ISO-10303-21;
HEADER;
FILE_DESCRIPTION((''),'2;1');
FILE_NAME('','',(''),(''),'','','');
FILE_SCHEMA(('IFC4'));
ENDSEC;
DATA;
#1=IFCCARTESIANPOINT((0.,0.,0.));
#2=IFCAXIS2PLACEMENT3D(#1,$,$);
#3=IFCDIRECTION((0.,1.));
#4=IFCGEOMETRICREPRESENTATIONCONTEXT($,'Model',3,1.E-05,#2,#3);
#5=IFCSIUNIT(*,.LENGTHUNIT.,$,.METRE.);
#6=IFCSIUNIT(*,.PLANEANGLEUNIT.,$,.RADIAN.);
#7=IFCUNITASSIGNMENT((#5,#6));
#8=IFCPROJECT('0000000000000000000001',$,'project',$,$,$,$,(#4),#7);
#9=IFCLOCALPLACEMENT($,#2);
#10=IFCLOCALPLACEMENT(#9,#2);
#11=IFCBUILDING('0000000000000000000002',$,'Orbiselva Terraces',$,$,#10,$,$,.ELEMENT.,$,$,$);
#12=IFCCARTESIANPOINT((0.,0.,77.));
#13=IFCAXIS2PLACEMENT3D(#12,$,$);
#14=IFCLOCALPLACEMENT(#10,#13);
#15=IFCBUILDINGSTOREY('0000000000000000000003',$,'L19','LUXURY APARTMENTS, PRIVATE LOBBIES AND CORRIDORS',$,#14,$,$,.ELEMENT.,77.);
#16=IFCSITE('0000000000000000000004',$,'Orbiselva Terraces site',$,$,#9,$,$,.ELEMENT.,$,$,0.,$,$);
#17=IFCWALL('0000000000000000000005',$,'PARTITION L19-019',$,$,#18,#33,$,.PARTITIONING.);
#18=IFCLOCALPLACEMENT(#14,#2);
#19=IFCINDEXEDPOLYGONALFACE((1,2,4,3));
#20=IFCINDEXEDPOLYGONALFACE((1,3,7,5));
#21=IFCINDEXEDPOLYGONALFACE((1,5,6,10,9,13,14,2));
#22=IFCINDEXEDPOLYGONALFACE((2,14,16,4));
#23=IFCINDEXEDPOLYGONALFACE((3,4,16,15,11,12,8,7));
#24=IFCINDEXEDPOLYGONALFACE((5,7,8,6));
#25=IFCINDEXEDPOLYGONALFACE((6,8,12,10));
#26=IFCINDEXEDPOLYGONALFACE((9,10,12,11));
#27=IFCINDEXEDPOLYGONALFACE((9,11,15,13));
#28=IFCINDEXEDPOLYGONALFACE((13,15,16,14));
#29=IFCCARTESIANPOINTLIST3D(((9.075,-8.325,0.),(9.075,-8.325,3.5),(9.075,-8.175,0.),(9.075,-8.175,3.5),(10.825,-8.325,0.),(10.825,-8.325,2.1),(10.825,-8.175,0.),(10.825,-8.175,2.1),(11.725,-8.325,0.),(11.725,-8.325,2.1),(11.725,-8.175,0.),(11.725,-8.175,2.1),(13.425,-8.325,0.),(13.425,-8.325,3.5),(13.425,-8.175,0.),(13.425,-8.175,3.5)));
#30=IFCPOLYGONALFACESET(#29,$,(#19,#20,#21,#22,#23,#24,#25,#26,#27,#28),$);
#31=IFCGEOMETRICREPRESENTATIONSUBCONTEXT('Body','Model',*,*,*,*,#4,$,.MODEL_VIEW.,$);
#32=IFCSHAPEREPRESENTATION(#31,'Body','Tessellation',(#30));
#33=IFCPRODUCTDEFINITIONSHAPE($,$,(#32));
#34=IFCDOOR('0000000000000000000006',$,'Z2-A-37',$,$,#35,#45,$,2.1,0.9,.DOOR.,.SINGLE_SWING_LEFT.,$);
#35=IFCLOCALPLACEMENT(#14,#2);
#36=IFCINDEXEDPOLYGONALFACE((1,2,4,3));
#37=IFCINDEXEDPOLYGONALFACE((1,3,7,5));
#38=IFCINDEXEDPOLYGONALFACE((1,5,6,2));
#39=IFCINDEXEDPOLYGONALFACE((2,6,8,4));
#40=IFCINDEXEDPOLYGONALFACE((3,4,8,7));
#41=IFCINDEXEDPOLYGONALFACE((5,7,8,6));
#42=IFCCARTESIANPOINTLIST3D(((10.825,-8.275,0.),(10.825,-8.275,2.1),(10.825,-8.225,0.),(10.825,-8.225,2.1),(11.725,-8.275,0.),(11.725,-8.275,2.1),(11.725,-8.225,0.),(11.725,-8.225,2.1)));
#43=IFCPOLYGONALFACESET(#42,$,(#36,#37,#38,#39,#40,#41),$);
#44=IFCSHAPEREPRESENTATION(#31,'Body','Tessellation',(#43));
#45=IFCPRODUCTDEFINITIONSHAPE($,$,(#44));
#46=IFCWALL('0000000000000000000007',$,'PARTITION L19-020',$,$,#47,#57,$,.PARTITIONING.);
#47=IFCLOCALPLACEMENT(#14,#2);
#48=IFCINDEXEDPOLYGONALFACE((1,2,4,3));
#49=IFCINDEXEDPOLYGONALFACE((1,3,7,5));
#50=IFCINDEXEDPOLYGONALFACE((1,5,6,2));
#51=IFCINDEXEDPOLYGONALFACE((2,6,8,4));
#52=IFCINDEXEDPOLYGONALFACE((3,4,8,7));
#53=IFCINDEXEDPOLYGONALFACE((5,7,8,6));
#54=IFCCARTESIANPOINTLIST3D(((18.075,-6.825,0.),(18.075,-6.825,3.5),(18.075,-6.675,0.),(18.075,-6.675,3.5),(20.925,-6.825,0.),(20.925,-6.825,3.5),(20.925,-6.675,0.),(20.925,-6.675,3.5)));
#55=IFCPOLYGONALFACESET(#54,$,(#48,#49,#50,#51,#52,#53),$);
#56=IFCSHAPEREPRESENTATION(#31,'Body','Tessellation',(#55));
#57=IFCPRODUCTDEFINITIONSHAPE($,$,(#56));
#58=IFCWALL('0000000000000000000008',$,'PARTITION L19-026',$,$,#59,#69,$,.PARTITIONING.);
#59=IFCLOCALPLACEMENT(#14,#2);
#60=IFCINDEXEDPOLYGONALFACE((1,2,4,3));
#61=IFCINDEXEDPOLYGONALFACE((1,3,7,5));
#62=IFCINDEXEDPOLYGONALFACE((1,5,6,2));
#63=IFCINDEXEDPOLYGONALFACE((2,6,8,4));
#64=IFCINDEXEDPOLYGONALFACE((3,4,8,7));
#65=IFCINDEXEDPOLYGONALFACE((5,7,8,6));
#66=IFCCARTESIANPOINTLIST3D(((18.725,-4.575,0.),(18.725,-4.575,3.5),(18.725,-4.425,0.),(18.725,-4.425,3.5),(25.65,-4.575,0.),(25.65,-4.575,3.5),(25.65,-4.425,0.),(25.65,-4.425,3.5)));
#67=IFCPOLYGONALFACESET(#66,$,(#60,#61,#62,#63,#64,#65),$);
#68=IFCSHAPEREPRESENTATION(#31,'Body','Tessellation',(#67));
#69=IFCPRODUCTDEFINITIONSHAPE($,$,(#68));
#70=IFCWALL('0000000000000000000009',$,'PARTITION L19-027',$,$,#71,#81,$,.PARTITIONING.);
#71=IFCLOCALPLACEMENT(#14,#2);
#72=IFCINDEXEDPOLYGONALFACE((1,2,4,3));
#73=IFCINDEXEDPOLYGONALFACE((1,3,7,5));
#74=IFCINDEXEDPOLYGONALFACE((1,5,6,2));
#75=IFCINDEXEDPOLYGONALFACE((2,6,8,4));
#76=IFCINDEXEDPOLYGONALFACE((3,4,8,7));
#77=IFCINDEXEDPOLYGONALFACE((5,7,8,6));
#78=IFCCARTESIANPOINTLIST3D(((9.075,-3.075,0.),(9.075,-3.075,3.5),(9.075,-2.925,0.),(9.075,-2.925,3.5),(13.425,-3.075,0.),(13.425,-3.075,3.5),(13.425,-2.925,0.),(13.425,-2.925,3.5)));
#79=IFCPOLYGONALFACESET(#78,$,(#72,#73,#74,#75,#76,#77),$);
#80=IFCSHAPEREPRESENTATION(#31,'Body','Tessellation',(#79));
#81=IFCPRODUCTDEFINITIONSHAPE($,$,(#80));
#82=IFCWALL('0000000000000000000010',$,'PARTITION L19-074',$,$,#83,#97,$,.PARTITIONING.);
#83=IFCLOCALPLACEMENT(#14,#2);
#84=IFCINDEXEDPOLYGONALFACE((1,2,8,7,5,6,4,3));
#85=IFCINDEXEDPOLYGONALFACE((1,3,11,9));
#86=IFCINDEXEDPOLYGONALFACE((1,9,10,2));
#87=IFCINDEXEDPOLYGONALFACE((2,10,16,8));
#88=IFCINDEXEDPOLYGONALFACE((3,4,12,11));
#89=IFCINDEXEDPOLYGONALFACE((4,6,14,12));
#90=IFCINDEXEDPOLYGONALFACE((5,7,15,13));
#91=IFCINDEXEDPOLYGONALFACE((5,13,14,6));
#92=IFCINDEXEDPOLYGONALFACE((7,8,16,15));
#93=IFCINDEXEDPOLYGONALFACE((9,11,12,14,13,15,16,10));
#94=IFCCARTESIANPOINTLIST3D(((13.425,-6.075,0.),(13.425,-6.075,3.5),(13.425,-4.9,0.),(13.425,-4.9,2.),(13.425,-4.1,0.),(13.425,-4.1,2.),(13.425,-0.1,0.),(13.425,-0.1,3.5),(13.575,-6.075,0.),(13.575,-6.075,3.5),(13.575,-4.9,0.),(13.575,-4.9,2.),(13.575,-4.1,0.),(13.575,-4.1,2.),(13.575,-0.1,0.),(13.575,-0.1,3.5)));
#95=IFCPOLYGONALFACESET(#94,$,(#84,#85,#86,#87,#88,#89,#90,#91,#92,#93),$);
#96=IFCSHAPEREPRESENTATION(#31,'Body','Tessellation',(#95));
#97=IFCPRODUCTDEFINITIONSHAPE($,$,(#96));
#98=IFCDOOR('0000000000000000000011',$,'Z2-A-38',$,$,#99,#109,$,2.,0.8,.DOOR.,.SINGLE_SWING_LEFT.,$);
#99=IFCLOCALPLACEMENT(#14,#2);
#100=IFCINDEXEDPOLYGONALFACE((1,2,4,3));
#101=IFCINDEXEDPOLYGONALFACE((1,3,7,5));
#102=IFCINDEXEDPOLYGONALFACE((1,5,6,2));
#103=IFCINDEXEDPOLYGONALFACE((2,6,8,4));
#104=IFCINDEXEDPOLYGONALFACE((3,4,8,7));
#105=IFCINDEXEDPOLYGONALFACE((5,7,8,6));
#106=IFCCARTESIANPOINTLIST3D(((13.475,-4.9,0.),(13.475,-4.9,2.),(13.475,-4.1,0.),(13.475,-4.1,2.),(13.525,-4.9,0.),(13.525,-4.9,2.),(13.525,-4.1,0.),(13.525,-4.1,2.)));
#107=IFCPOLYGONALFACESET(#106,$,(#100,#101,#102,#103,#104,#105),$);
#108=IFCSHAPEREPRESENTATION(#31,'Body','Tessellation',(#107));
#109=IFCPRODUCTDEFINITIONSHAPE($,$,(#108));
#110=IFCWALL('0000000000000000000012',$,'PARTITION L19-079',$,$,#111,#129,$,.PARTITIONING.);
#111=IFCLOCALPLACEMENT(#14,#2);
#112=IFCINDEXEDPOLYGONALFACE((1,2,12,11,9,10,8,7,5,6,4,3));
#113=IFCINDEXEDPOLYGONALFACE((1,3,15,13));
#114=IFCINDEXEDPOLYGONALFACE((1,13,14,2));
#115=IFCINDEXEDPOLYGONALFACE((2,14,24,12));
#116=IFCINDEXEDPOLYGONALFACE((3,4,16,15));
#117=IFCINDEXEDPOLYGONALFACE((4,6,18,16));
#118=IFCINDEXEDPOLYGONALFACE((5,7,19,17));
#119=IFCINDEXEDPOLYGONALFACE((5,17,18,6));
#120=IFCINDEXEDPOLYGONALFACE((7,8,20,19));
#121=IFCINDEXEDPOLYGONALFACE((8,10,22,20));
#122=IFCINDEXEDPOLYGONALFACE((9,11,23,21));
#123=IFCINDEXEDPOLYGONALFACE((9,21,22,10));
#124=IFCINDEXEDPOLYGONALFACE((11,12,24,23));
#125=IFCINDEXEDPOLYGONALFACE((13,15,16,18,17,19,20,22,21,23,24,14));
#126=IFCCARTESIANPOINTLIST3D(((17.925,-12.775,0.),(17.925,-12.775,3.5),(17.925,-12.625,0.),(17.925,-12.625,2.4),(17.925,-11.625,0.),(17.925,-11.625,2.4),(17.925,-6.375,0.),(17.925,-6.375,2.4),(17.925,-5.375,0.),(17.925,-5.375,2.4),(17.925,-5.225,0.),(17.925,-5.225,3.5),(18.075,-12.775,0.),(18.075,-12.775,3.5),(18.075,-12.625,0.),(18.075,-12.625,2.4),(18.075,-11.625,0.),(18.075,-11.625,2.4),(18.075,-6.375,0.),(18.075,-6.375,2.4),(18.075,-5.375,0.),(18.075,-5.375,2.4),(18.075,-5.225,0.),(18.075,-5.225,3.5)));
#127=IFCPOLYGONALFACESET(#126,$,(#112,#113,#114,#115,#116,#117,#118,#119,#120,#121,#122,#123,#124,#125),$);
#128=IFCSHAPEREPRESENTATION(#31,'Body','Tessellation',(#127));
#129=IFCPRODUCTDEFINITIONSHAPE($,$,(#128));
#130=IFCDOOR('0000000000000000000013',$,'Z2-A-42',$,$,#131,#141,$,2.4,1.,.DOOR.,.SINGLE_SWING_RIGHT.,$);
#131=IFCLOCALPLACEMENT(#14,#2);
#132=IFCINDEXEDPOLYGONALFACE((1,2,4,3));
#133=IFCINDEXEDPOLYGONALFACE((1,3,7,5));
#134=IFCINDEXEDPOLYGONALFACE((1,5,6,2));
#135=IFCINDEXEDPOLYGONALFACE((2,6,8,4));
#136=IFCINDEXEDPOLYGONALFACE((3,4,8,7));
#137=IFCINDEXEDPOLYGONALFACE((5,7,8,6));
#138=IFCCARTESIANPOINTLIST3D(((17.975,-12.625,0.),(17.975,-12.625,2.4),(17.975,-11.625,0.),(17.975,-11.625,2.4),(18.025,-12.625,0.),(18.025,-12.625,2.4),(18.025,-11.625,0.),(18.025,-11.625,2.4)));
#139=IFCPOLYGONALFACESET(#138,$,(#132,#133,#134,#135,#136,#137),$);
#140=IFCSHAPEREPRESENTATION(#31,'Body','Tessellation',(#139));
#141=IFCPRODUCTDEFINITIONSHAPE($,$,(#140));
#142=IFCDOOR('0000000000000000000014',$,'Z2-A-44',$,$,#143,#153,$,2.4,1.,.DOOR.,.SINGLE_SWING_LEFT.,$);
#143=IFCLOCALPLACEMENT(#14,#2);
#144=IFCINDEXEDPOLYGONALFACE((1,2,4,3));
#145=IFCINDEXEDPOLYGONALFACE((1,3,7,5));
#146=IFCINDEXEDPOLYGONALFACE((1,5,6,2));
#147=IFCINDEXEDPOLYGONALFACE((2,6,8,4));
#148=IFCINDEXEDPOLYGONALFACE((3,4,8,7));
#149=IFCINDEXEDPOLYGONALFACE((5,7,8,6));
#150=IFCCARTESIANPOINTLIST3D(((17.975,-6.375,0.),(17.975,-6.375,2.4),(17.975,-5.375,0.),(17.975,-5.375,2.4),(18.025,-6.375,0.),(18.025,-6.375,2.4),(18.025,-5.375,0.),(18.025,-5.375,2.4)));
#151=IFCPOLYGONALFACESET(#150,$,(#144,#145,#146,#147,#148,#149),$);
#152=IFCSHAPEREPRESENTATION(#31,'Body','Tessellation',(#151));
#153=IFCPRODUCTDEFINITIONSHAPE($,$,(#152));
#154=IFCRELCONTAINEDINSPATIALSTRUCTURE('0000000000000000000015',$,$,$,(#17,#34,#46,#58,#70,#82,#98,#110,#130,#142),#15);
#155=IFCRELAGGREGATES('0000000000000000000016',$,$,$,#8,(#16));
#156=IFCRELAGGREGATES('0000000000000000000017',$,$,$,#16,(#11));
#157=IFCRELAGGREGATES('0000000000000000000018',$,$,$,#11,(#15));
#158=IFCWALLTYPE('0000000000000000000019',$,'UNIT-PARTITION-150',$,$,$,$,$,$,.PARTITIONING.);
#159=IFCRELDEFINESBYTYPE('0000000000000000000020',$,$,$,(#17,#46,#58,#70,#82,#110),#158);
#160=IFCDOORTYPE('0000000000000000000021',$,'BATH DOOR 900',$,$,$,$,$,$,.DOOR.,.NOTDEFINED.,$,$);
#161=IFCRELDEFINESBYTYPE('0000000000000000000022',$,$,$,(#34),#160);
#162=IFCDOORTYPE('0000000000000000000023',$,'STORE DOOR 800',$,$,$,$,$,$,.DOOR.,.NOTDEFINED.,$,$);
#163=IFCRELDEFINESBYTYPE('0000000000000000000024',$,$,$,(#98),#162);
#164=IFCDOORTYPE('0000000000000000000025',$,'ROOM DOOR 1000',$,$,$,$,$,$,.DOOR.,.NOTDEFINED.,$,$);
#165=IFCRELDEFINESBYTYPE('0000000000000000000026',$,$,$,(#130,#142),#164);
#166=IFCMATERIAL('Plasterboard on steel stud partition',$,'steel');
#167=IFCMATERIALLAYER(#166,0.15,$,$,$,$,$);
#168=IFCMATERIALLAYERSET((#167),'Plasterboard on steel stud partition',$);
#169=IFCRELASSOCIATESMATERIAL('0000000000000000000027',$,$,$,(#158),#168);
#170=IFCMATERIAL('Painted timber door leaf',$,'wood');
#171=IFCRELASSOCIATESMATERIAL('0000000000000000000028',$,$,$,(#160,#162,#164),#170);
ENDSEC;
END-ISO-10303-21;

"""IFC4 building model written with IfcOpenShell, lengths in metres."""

from ifc_helpers import new_model, si_unit, direction, frame, frame_2d, origin, place, context, subcontext, project, spatial, rectangle, extrude, material, layer, layer_set, type_object, element, fill, save


model = new_model("IFC4")

# Units and contexts
model_context = context("Model", 3, precision=1e-05, world=origin(), true_north=direction((0.0, 1.0)))
body_context = subcontext(model_context, "Body", "Model", "MODEL_VIEW")
ifc_project = project(units=[si_unit("LENGTHUNIT", "METRE"), si_unit("PLANEANGLEUNIT", "RADIAN")], contexts=[model_context])

# Site, building, storey
site_placement = place(None, origin())
site = spatial("IfcSite", under=ifc_project, at=site_placement, Name="Orbiselva Terraces site", CompositionType="ELEMENT", RefElevation=0.0)
building_placement = place(site_placement, origin())
building = spatial("IfcBuilding", under=site, at=building_placement, Name="Orbiselva Terraces", CompositionType="ELEMENT")
storey_placement = place(building_placement, frame((0.0, 0.0, 77.0)))
storey = spatial("IfcBuildingStorey", under=building, at=storey_placement, Name="L19", Description="LUXURY APARTMENTS, PRIVATE LOBBIES AND CORRIDORS", CompositionType="ELEMENT", Elevation=77.0)

# Shared definitions
ifc_material_1 = material(Name="Plasterboard on steel stud partition", Category="steel")
ifc_layer_1 = layer(ifc_material_1, 0.15)
ifc_layer_set_1 = layer_set([ifc_layer_1], Name="Plasterboard on steel stud partition")
wall_type_1 = type_object("IfcWallType", Name="UNIT-PARTITION-150", PredefinedType="PARTITIONING", material=ifc_layer_set_1)

# Wall, opening, door
wall_1_placement = place(storey_placement, frame((13.425, -8.25, 0.0), z_axis=(0.0, 0.0, 1.0), x_axis=(-1.0, 0.0, 0.0)))
wall_1 = element("IfcWall", 1, at=wall_1_placement, inside=storey, type_object=wall_type_1, Name="PARTITION L19-019", PredefinedType="PARTITIONING", context=body_context, shape_type="SweptSolid", body=[
    extrude(rectangle(XDim=4.35, YDim=0.15, at=frame_2d((2.175, 0.0))), origin(), (0.0, 0.0, 1.0), 3.5),
])
opening_1_placement = place(wall_1_placement, frame((1.7, 0.0, 0.0)))
opening_1 = element("IfcOpeningElement", 2, at=opening_1_placement, cuts=wall_1, PredefinedType="OPENING", context=body_context, shape_type="SweptSolid", body=[
    extrude(rectangle(XDim=0.9, YDim=2.1, at=frame_2d((0.45, 1.05))), frame((0.0, 0.085, 0.0), z_axis=(0.0, -1.0, 0.0), x_axis=(1.0, 0.0, 0.0)), (0.0, 0.0, 1.0), 0.17),
])
ifc_material_2 = material(Name="Painted timber door leaf", Category="wood")
door_type_1 = type_object("IfcDoorType", Name="BATH DOOR 900", OperationType="NOTDEFINED", PredefinedType="DOOR", material=ifc_material_2)
door_1_placement = place(opening_1_placement, origin())
door_1 = element("IfcDoor", 3, at=door_1_placement, inside=storey, type_object=door_type_1, Name="Z2-A-37", OperationType="SINGLE_SWING_LEFT", OverallHeight=2.1, OverallWidth=0.9, PredefinedType="DOOR", context=body_context, shape_type="SweptSolid", body=[
    extrude(rectangle(XDim=0.9, YDim=2.1, at=frame_2d((0.45, 1.05))), frame((0.0, 0.025, 0.0), z_axis=(0.0, -1.0, 0.0), x_axis=(1.0, 0.0, 0.0)), (0.0, 0.0, 1.0), 0.05),
])
fill(opening_1, door_1)

# Walls
wall_2_placement = place(storey_placement, frame((18.075, -6.75, 0.0), z_axis=(0.0, 0.0, 1.0), x_axis=(1.0, 0.0, 0.0)))
element("IfcWall", 4, at=wall_2_placement, inside=storey, type_object=wall_type_1, Name="PARTITION L19-020", PredefinedType="PARTITIONING", context=body_context, shape_type="SweptSolid", body=[
    extrude(rectangle(XDim=2.85, YDim=0.15, at=frame_2d((1.425, 0.0))), origin(), (0.0, 0.0, 1.0), 3.5),
])
wall_3_placement = place(storey_placement, frame((18.725, -4.5, 0.0), z_axis=(0.0, 0.0, 1.0), x_axis=(1.0, 0.0, 0.0)))
element("IfcWall", 5, at=wall_3_placement, inside=storey, type_object=wall_type_1, Name="PARTITION L19-026", PredefinedType="PARTITIONING", context=body_context, shape_type="SweptSolid", body=[
    extrude(rectangle(XDim=6.925, YDim=0.15, at=frame_2d((3.4625, 0.0))), origin(), (0.0, 0.0, 1.0), 3.5),
])
wall_4_placement = place(storey_placement, frame((9.075, -3.0, 0.0), z_axis=(0.0, 0.0, 1.0), x_axis=(1.0, 0.0, 0.0)))
element("IfcWall", 6, at=wall_4_placement, inside=storey, type_object=wall_type_1, Name="PARTITION L19-027", PredefinedType="PARTITIONING", context=body_context, shape_type="SweptSolid", body=[
    extrude(rectangle(XDim=4.35, YDim=0.15, at=frame_2d((2.175, 0.0))), origin(), (0.0, 0.0, 1.0), 3.5),
])

# Wall, opening, door
wall_5_placement = place(storey_placement, frame((13.5, -6.075, 0.0), z_axis=(0.0, 0.0, 1.0), x_axis=(0.0, 1.0, 0.0)))
wall_5 = element("IfcWall", 7, at=wall_5_placement, inside=storey, type_object=wall_type_1, Name="PARTITION L19-074", PredefinedType="PARTITIONING", context=body_context, shape_type="SweptSolid", body=[
    extrude(rectangle(XDim=5.975, YDim=0.15, at=frame_2d((2.9875, 0.0))), origin(), (0.0, 0.0, 1.0), 3.5),
])
opening_2_placement = place(wall_5_placement, frame((1.175, 0.0, 0.0)))
opening_2 = element("IfcOpeningElement", 8, at=opening_2_placement, cuts=wall_5, PredefinedType="OPENING", context=body_context, shape_type="SweptSolid", body=[
    extrude(rectangle(XDim=0.8, YDim=2.0, at=frame_2d((0.4, 1.0))), frame((0.0, 0.085, 0.0), z_axis=(0.0, -1.0, 0.0), x_axis=(1.0, 0.0, 0.0)), (0.0, 0.0, 1.0), 0.17),
])
door_type_2 = type_object("IfcDoorType", Name="STORE DOOR 800", OperationType="NOTDEFINED", PredefinedType="DOOR", material=ifc_material_2)
door_2_placement = place(opening_2_placement, origin())
door_2 = element("IfcDoor", 9, at=door_2_placement, inside=storey, type_object=door_type_2, Name="Z2-A-38", OperationType="SINGLE_SWING_LEFT", OverallHeight=2.0, OverallWidth=0.8, PredefinedType="DOOR", context=body_context, shape_type="SweptSolid", body=[
    extrude(rectangle(XDim=0.8, YDim=2.0, at=frame_2d((0.4, 1.0))), frame((0.0, 0.025, 0.0), z_axis=(0.0, -1.0, 0.0), x_axis=(1.0, 0.0, 0.0)), (0.0, 0.0, 1.0), 0.05),
])
fill(opening_2, door_2)

# Wall, openings, doors
wall_6_placement = place(storey_placement, frame((18.0, -5.225, 0.0), z_axis=(0.0, 0.0, 1.0), x_axis=(0.0, -1.0, 0.0)))
wall_6 = element("IfcWall", 10, at=wall_6_placement, inside=storey, type_object=wall_type_1, Name="PARTITION L19-079", PredefinedType="PARTITIONING", context=body_context, shape_type="SweptSolid", body=[
    extrude(rectangle(XDim=7.55, YDim=0.15, at=frame_2d((3.775, 0.0))), origin(), (0.0, 0.0, 1.0), 3.5),
])
opening_3_placement = place(wall_6_placement, frame((6.4, 0.0, 0.0)))
opening_3 = element("IfcOpeningElement", 11, at=opening_3_placement, cuts=wall_6, PredefinedType="OPENING", context=body_context, shape_type="SweptSolid", body=[
    extrude(rectangle(XDim=1.0, YDim=2.4, at=frame_2d((0.5, 1.2))), frame((0.0, 0.085, 0.0), z_axis=(0.0, -1.0, 0.0), x_axis=(1.0, 0.0, 0.0)), (0.0, 0.0, 1.0), 0.17),
])
opening_4_placement = place(wall_6_placement, frame((0.15, 0.0, 0.0)))
opening_4 = element("IfcOpeningElement", 12, at=opening_4_placement, cuts=wall_6, PredefinedType="OPENING", context=body_context, shape_type="SweptSolid", body=[
    extrude(rectangle(XDim=1.0, YDim=2.4, at=frame_2d((0.5, 1.2))), frame((0.0, 0.085, 0.0), z_axis=(0.0, -1.0, 0.0), x_axis=(1.0, 0.0, 0.0)), (0.0, 0.0, 1.0), 0.17),
])
door_type_3 = type_object("IfcDoorType", Name="ROOM DOOR 1000", OperationType="NOTDEFINED", PredefinedType="DOOR", material=ifc_material_2)
door_3_placement = place(opening_3_placement, origin())
door_3 = element("IfcDoor", 13, at=door_3_placement, inside=storey, type_object=door_type_3, Name="Z2-A-42", OperationType="SINGLE_SWING_RIGHT", OverallHeight=2.4, OverallWidth=1.0, PredefinedType="DOOR", context=body_context, shape_type="SweptSolid", body=[
    extrude(rectangle(XDim=1.0, YDim=2.4, at=frame_2d((0.5, 1.2))), frame((0.0, 0.025, 0.0), z_axis=(0.0, -1.0, 0.0), x_axis=(1.0, 0.0, 0.0)), (0.0, 0.0, 1.0), 0.05),
])
fill(opening_3, door_3)
door_4_placement = place(opening_4_placement, origin())
door_4 = element("IfcDoor", 14, at=door_4_placement, inside=storey, type_object=door_type_3, Name="Z2-A-44", OperationType="SINGLE_SWING_LEFT", OverallHeight=2.4, OverallWidth=1.0, PredefinedType="DOOR", context=body_context, shape_type="SweptSolid", body=[
    extrude(rectangle(XDim=1.0, YDim=2.4, at=frame_2d((0.5, 1.2))), frame((0.0, 0.025, 0.0), z_axis=(0.0, -1.0, 0.0), x_axis=(1.0, 0.0, 0.0)), (0.0, 0.0, 1.0), 0.05),
])
fill(opening_4, door_4)

save(model, "model.ifc")
